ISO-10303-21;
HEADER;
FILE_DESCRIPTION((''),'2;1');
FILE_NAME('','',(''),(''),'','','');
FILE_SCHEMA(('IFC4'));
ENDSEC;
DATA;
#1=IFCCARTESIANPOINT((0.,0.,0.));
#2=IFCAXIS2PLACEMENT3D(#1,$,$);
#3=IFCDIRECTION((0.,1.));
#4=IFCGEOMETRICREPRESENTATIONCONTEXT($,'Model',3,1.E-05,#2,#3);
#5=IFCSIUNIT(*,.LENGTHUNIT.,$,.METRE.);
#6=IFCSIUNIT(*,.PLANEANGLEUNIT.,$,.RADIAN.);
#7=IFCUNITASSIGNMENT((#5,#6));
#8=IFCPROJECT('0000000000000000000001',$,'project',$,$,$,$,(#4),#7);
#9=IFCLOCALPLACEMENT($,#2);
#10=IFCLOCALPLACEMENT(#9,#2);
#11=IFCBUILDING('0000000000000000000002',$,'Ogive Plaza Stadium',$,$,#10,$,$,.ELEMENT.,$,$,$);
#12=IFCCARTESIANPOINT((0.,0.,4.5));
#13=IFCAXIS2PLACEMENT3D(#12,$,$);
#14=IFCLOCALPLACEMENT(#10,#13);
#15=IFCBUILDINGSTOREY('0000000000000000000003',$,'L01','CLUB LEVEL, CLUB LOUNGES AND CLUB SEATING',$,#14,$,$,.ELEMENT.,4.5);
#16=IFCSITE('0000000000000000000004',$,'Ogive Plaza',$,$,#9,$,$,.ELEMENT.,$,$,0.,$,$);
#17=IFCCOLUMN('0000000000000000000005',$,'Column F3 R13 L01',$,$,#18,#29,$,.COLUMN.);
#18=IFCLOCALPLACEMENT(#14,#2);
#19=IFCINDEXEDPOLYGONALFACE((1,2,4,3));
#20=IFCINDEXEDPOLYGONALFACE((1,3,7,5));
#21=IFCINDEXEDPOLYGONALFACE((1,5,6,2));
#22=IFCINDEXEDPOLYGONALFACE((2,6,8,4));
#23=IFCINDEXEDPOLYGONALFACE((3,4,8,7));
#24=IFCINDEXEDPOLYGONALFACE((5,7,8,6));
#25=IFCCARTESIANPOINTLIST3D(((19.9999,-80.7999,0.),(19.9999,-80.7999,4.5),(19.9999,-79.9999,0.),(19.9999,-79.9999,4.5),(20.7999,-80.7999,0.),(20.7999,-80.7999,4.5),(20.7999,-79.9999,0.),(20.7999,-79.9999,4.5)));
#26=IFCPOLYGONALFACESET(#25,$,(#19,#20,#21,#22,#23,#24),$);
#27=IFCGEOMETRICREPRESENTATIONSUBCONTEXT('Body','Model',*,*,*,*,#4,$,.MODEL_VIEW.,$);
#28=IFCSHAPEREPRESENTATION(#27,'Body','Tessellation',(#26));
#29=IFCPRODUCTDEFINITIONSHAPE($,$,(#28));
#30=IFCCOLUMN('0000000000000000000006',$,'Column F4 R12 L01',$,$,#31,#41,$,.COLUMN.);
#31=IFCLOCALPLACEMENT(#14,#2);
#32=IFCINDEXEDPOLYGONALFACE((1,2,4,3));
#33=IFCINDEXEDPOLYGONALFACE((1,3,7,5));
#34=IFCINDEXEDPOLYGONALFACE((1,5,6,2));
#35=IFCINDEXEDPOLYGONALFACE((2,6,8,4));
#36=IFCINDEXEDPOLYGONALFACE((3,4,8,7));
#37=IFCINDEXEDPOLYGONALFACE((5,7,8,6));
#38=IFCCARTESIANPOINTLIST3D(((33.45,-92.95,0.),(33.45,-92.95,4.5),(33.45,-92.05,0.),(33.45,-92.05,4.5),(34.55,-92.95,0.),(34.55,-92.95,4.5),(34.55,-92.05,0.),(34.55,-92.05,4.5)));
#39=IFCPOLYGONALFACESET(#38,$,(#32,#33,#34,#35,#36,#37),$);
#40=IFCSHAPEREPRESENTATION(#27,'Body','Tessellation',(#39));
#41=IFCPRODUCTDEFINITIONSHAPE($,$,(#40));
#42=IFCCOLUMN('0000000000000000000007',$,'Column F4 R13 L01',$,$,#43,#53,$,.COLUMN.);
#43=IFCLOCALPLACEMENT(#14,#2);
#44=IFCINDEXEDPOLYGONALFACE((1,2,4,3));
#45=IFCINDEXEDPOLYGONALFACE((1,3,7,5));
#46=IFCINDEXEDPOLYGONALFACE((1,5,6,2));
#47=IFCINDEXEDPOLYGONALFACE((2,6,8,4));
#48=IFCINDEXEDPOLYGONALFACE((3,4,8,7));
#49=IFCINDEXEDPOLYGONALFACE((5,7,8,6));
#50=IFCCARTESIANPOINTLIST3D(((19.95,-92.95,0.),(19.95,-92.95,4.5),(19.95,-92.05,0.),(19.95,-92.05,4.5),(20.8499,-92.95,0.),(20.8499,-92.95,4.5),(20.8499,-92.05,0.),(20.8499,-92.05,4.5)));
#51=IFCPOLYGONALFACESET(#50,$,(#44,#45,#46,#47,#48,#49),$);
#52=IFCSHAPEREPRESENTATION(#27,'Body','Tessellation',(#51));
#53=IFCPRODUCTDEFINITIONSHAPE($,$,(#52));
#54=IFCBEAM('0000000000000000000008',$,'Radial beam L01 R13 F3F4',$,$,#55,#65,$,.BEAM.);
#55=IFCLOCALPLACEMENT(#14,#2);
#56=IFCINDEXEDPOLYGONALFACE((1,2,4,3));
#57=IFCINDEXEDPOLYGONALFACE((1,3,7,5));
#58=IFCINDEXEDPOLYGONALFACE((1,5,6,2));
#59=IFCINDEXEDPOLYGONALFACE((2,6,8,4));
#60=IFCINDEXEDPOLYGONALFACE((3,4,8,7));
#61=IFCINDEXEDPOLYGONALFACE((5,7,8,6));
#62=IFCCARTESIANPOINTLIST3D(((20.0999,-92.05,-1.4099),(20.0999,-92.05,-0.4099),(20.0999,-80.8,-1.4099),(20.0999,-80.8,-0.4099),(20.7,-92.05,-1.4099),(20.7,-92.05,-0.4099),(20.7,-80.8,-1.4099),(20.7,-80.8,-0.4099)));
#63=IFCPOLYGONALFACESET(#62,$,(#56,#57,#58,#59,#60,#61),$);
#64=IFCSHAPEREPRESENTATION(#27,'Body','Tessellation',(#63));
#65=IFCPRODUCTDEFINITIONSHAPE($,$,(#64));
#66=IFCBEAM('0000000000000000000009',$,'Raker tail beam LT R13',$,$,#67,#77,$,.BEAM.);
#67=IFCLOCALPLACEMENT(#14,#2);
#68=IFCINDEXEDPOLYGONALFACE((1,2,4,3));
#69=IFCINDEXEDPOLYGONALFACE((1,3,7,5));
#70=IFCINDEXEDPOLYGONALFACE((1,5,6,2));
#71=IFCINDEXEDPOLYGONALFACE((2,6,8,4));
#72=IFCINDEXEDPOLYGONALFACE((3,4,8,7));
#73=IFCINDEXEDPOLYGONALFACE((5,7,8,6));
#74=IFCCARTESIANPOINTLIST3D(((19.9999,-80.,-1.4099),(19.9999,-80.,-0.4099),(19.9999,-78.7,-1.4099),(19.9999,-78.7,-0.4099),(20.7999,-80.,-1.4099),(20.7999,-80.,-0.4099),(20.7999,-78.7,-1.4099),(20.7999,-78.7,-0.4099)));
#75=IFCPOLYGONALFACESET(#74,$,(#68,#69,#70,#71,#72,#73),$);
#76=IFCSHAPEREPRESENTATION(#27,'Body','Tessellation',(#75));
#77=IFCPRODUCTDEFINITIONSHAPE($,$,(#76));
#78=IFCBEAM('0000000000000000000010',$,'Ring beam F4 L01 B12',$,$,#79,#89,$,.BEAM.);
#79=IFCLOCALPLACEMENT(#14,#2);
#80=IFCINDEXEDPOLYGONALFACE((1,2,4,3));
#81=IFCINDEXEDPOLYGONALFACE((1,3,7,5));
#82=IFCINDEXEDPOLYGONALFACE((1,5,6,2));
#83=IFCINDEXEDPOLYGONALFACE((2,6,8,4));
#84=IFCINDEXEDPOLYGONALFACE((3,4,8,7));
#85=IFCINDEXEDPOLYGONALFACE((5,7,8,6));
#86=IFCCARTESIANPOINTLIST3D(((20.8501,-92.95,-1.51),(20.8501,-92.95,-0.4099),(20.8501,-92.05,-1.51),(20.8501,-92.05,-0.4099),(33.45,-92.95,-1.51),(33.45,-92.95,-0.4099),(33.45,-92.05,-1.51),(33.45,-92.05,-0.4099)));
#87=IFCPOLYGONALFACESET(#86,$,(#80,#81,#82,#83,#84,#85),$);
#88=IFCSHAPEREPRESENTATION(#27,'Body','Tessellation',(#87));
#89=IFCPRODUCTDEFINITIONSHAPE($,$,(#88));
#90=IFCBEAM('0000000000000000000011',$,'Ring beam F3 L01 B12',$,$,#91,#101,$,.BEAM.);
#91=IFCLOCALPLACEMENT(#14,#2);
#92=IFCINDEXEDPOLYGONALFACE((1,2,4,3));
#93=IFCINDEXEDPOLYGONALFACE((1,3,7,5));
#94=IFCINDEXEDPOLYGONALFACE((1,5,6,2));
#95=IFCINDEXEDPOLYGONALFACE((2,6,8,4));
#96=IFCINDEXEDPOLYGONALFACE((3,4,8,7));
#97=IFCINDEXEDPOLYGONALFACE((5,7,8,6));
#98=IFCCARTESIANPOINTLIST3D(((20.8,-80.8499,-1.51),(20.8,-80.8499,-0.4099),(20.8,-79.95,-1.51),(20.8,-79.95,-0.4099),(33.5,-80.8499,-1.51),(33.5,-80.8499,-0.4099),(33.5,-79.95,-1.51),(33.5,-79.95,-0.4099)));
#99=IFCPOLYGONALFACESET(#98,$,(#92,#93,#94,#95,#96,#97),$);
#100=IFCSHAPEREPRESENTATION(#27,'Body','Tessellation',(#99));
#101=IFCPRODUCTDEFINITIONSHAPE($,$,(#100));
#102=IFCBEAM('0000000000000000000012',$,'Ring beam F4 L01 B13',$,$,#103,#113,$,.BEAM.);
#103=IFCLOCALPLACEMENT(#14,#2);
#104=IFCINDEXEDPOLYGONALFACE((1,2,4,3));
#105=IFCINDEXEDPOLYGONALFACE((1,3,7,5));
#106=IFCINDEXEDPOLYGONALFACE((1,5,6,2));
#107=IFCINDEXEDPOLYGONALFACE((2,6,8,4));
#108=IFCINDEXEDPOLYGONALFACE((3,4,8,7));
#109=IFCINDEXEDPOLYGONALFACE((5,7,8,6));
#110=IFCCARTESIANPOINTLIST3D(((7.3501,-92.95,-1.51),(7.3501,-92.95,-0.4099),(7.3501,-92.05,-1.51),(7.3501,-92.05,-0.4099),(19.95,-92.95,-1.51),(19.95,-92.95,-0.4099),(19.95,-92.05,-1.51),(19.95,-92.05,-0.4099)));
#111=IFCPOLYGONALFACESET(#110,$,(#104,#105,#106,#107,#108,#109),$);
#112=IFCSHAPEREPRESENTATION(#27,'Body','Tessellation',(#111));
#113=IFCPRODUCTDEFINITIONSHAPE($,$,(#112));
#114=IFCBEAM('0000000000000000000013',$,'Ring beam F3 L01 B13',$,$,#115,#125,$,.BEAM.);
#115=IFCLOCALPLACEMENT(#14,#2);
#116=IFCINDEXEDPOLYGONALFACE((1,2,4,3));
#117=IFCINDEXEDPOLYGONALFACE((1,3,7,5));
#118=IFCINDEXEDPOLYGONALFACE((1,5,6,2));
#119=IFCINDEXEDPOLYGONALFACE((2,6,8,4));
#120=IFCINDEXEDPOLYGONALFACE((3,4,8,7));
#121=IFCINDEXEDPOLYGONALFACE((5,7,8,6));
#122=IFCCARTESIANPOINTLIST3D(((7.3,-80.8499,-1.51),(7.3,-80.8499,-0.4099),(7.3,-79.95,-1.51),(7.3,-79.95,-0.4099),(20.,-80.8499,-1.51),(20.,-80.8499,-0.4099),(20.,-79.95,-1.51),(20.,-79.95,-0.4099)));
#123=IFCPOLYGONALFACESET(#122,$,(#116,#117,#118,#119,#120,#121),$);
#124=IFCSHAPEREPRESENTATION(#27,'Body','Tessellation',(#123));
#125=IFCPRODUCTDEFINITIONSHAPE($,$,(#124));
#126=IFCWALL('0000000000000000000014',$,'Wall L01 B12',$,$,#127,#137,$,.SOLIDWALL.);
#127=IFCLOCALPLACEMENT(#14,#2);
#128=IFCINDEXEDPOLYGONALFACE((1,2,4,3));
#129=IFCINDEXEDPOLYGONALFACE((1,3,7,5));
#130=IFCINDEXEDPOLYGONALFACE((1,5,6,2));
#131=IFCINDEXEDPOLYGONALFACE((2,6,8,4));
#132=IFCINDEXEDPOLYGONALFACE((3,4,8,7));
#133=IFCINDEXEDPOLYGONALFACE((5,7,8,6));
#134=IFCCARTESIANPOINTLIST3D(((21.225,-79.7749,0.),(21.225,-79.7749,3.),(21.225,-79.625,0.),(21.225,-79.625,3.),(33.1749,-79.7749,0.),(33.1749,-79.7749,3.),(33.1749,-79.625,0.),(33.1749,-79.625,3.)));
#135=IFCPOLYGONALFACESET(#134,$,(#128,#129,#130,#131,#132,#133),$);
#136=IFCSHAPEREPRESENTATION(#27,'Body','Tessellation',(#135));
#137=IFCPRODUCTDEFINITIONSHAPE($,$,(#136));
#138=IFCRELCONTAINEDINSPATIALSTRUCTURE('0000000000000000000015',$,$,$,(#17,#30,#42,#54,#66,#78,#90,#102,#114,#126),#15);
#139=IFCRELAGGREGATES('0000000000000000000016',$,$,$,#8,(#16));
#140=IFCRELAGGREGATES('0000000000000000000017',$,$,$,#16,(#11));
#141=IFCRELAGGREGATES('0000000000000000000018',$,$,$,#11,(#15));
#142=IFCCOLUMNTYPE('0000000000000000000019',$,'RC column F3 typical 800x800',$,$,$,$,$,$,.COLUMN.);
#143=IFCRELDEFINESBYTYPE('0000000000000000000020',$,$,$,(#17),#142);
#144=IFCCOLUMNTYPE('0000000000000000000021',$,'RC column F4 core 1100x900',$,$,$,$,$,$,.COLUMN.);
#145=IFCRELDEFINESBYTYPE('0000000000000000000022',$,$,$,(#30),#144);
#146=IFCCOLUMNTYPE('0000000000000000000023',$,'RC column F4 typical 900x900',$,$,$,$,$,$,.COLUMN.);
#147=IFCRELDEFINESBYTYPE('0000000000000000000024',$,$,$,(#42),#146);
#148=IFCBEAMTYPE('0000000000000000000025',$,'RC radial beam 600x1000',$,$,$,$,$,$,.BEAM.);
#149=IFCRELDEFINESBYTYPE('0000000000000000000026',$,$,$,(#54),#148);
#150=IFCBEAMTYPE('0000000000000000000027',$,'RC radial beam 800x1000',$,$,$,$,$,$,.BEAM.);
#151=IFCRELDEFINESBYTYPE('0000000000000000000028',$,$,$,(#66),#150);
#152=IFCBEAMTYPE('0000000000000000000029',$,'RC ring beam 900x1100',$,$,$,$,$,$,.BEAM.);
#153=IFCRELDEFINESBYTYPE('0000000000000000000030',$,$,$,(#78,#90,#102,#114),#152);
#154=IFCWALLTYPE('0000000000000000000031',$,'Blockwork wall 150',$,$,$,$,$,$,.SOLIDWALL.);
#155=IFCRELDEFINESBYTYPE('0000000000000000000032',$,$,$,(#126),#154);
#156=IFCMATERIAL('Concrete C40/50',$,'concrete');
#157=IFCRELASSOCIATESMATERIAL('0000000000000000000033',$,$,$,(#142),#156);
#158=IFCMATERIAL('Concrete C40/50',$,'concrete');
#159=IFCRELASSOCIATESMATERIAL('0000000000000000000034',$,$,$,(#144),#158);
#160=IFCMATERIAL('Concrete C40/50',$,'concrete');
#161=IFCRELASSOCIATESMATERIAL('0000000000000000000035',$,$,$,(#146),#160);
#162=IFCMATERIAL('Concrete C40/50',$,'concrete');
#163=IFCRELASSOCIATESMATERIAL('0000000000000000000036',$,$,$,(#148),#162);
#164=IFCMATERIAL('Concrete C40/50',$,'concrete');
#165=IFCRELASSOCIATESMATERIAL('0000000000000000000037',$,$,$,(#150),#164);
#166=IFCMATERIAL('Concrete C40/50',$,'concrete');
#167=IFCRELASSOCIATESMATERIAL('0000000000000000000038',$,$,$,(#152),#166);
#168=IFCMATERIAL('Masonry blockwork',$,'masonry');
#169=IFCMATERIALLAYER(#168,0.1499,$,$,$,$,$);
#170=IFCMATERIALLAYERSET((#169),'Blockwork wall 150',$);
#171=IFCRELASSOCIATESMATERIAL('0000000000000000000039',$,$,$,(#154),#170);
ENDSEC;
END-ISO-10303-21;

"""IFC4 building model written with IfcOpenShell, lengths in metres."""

from ifc_helpers import new_model, si_unit, direction, frame, frame_2d, origin, origin_2d, place, context, subcontext, project, spatial, rectangle, extrude, material, layer, layer_set, material_profile, profile_set, type_object, element, save


model = new_model("IFC4")

# Units and contexts
model_context = context("Model", 3, precision=1e-05, world=origin(), true_north=direction((0.0, 1.0)))
body_context = subcontext(model_context, "Body", "Model", "MODEL_VIEW")
ifc_project = project(units=[si_unit("LENGTHUNIT", "METRE"), si_unit("PLANEANGLEUNIT", "RADIAN")], contexts=[model_context])

# Site, building, storey
site_placement = place(None, origin())
site = spatial("IfcSite", under=ifc_project, at=site_placement, Name="Ogive Plaza", CompositionType="ELEMENT", RefElevation=0.0)
building_placement = place(site_placement, origin())
building = spatial("IfcBuilding", under=site, at=building_placement, Name="Ogive Plaza Stadium", CompositionType="ELEMENT")
storey_placement = place(building_placement, frame((0.0, 0.0, 4.5)))
storey = spatial("IfcBuildingStorey", under=building, at=storey_placement, Name="L01", Description="CLUB LEVEL, CLUB LOUNGES AND CLUB SEATING", CompositionType="ELEMENT", Elevation=4.5)

# Columns
ifc_material_1 = material(Name="Concrete C40/50", Category="concrete")
ifc_material_profile_1 = material_profile(ifc_material_1, rectangle(XDim=0.8, YDim=0.8, at=origin_2d()), Name="RC 800x800")
ifc_profile_set_1 = profile_set([ifc_material_profile_1], Name="Concrete C40/50")
column_type_1 = type_object("IfcColumnType", Name="RC column F3 typical 800x800", PredefinedType="COLUMN", material=ifc_profile_set_1)
column_1_placement = place(storey_placement, frame((20.3999, -80.3999, 0.0), z_axis=(0.0, 0.0, 1.0), x_axis=(1.0, 0.0, 0.0)))
element("IfcColumn", 1, at=column_1_placement, inside=storey, type_object=column_type_1, Name="Column F3 R13 L01", PredefinedType="COLUMN", context=body_context, shape_type="SweptSolid", body=[
    extrude(rectangle(XDim=0.8, YDim=0.8, at=origin_2d()), origin(), (0.0, 0.0, 1.0), 4.5),
])
ifc_material_2 = material(Name="Concrete C40/50", Category="concrete")
ifc_material_profile_2 = material_profile(ifc_material_2, rectangle(XDim=1.1001, YDim=0.8999, at=origin_2d()), Name="RC 1100x900")
ifc_profile_set_2 = profile_set([ifc_material_profile_2], Name="Concrete C40/50")
column_type_2 = type_object("IfcColumnType", Name="RC column F4 core 1100x900", PredefinedType="COLUMN", material=ifc_profile_set_2)
column_2_placement = place(storey_placement, frame((34.0, -92.5, 0.0), z_axis=(0.0, 0.0, 1.0), x_axis=(1.0, 0.0, 0.0)))
element("IfcColumn", 2, at=column_2_placement, inside=storey, type_object=column_type_2, Name="Column F4 R12 L01", PredefinedType="COLUMN", context=body_context, shape_type="SweptSolid", body=[
    extrude(rectangle(XDim=1.1001, YDim=0.8999, at=origin_2d()), origin(), (0.0, 0.0, 1.0), 4.5),
])
ifc_material_3 = material(Name="Concrete C40/50", Category="concrete")
ifc_material_profile_3 = material_profile(ifc_material_3, rectangle(XDim=0.8999, YDim=0.8999, at=origin_2d()), Name="RC 900x900")
ifc_profile_set_3 = profile_set([ifc_material_profile_3], Name="Concrete C40/50")
column_type_3 = type_object("IfcColumnType", Name="RC column F4 typical 900x900", PredefinedType="COLUMN", material=ifc_profile_set_3)
column_3_placement = place(storey_placement, frame((20.3999, -92.5, 0.0), z_axis=(0.0, 0.0, 1.0), x_axis=(1.0, 0.0, 0.0)))
element("IfcColumn", 3, at=column_3_placement, inside=storey, type_object=column_type_3, Name="Column F4 R13 L01", PredefinedType="COLUMN", context=body_context, shape_type="SweptSolid", body=[
    extrude(rectangle(XDim=0.8999, YDim=0.8999, at=origin_2d()), origin(), (0.0, 0.0, 1.0), 4.5),
])

# Beams
ifc_material_4 = material(Name="Concrete C40/50", Category="concrete")
ifc_material_profile_4 = material_profile(ifc_material_4, rectangle(XDim=0.6001, YDim=1.0, at=origin_2d()), Name="RC 600x1000")
ifc_profile_set_4 = profile_set([ifc_material_profile_4], Name="Concrete C40/50")
beam_type_1 = type_object("IfcBeamType", Name="RC radial beam 600x1000", PredefinedType="BEAM", material=ifc_profile_set_4)
beam_1_placement = place(storey_placement, frame((20.3999, -80.8, -0.9099), z_axis=(0.0, -1.0, 0.0), x_axis=(1.0, 0.0, 0.0)))
element("IfcBeam", 4, at=beam_1_placement, inside=storey, type_object=beam_type_1, Name="Radial beam L01 R13 F3F4", PredefinedType="BEAM", context=body_context, shape_type="SweptSolid", body=[
    extrude(rectangle(XDim=0.6001, YDim=1.0, at=origin_2d()), origin(), (0.0, 0.0, 1.0), 11.25),
])
ifc_material_5 = material(Name="Concrete C40/50", Category="concrete")
ifc_material_profile_5 = material_profile(ifc_material_5, rectangle(XDim=0.8, YDim=1.0, at=origin_2d()), Name="RC 800x1000")
ifc_profile_set_5 = profile_set([ifc_material_profile_5], Name="Concrete C40/50")
beam_type_2 = type_object("IfcBeamType", Name="RC radial beam 800x1000", PredefinedType="BEAM", material=ifc_profile_set_5)
beam_2_placement = place(storey_placement, frame((20.3999, -78.7, -0.9099), z_axis=(0.0, -1.0, 0.0), x_axis=(1.0, 0.0, 0.0)))
element("IfcBeam", 5, at=beam_2_placement, inside=storey, type_object=beam_type_2, Name="Raker tail beam LT R13", PredefinedType="BEAM", context=body_context, shape_type="SweptSolid", body=[
    extrude(rectangle(XDim=0.8, YDim=1.0, at=origin_2d()), origin(), (0.0, 0.0, 1.0), 1.3),
])
ifc_material_6 = material(Name="Concrete C40/50", Category="concrete")
ifc_material_profile_6 = material_profile(ifc_material_6, rectangle(XDim=0.8999, YDim=1.1001, at=origin_2d()), Name="RC 900x1100")
ifc_profile_set_6 = profile_set([ifc_material_profile_6], Name="Concrete C40/50")
beam_type_3 = type_object("IfcBeamType", Name="RC ring beam 900x1100", PredefinedType="BEAM", material=ifc_profile_set_6)
beam_3_placement = place(storey_placement, frame((33.45, -92.5, -0.96), z_axis=(-1.0, 0.0, 0.0), x_axis=(0.0, -1.0, 0.0)))
element("IfcBeam", 6, at=beam_3_placement, inside=storey, type_object=beam_type_3, Name="Ring beam F4 L01 B12", PredefinedType="BEAM", context=body_context, shape_type="SweptSolid", body=[
    extrude(rectangle(XDim=0.8999, YDim=1.1001, at=origin_2d()), origin(), (0.0, 0.0, 1.0), 12.5999),
])
beam_4_placement = place(storey_placement, frame((33.5, -80.3999, -0.96), z_axis=(-1.0, 0.0, 0.0), x_axis=(0.0, -1.0, 0.0)))
element("IfcBeam", 7, at=beam_4_placement, inside=storey, type_object=beam_type_3, Name="Ring beam F3 L01 B12", PredefinedType="BEAM", context=body_context, shape_type="SweptSolid", body=[
    extrude(rectangle(XDim=0.8999, YDim=1.1001, at=origin_2d()), origin(), (0.0, 0.0, 1.0), 12.7),
])
beam_5_placement = place(storey_placement, frame((19.95, -92.5, -0.96), z_axis=(-1.0, 0.0, 0.0), x_axis=(0.0, -1.0, 0.0)))
element("IfcBeam", 8, at=beam_5_placement, inside=storey, type_object=beam_type_3, Name="Ring beam F4 L01 B13", PredefinedType="BEAM", context=body_context, shape_type="SweptSolid", body=[
    extrude(rectangle(XDim=0.8999, YDim=1.1001, at=origin_2d()), origin(), (0.0, 0.0, 1.0), 12.5999),
])
beam_6_placement = place(storey_placement, frame((20.0, -80.3999, -0.96), z_axis=(-1.0, 0.0, 0.0), x_axis=(0.0, -1.0, 0.0)))
element("IfcBeam", 9, at=beam_6_placement, inside=storey, type_object=beam_type_3, Name="Ring beam F3 L01 B13", PredefinedType="BEAM", context=body_context, shape_type="SweptSolid", body=[
    extrude(rectangle(XDim=0.8999, YDim=1.1001, at=origin_2d()), origin(), (0.0, 0.0, 1.0), 12.7),
])

# Wall
ifc_material_7 = material(Name="Masonry blockwork", Category="masonry")
ifc_layer_1 = layer(ifc_material_7, 0.1499)
ifc_layer_set_1 = layer_set([ifc_layer_1], Name="Blockwork wall 150")
wall_type_1 = type_object("IfcWallType", Name="Blockwork wall 150", PredefinedType="SOLIDWALL", material=ifc_layer_set_1)
wall_1_placement = place(storey_placement, frame((33.175, -79.7, 0.0), z_axis=(0.0, 0.0, 1.0), x_axis=(-1.0, 0.0, 0.0)))
element("IfcWall", 10, at=wall_1_placement, inside=storey, type_object=wall_type_1, Name="Wall L01 B12", PredefinedType="SOLIDWALL", context=body_context, shape_type="SweptSolid", body=[
    extrude(rectangle(XDim=11.95, YDim=0.1499, at=frame_2d((5.9751, 0.0))), origin(), (0.0, 0.0, 1.0), 3.0),
])

save(model, "model.ifc")
